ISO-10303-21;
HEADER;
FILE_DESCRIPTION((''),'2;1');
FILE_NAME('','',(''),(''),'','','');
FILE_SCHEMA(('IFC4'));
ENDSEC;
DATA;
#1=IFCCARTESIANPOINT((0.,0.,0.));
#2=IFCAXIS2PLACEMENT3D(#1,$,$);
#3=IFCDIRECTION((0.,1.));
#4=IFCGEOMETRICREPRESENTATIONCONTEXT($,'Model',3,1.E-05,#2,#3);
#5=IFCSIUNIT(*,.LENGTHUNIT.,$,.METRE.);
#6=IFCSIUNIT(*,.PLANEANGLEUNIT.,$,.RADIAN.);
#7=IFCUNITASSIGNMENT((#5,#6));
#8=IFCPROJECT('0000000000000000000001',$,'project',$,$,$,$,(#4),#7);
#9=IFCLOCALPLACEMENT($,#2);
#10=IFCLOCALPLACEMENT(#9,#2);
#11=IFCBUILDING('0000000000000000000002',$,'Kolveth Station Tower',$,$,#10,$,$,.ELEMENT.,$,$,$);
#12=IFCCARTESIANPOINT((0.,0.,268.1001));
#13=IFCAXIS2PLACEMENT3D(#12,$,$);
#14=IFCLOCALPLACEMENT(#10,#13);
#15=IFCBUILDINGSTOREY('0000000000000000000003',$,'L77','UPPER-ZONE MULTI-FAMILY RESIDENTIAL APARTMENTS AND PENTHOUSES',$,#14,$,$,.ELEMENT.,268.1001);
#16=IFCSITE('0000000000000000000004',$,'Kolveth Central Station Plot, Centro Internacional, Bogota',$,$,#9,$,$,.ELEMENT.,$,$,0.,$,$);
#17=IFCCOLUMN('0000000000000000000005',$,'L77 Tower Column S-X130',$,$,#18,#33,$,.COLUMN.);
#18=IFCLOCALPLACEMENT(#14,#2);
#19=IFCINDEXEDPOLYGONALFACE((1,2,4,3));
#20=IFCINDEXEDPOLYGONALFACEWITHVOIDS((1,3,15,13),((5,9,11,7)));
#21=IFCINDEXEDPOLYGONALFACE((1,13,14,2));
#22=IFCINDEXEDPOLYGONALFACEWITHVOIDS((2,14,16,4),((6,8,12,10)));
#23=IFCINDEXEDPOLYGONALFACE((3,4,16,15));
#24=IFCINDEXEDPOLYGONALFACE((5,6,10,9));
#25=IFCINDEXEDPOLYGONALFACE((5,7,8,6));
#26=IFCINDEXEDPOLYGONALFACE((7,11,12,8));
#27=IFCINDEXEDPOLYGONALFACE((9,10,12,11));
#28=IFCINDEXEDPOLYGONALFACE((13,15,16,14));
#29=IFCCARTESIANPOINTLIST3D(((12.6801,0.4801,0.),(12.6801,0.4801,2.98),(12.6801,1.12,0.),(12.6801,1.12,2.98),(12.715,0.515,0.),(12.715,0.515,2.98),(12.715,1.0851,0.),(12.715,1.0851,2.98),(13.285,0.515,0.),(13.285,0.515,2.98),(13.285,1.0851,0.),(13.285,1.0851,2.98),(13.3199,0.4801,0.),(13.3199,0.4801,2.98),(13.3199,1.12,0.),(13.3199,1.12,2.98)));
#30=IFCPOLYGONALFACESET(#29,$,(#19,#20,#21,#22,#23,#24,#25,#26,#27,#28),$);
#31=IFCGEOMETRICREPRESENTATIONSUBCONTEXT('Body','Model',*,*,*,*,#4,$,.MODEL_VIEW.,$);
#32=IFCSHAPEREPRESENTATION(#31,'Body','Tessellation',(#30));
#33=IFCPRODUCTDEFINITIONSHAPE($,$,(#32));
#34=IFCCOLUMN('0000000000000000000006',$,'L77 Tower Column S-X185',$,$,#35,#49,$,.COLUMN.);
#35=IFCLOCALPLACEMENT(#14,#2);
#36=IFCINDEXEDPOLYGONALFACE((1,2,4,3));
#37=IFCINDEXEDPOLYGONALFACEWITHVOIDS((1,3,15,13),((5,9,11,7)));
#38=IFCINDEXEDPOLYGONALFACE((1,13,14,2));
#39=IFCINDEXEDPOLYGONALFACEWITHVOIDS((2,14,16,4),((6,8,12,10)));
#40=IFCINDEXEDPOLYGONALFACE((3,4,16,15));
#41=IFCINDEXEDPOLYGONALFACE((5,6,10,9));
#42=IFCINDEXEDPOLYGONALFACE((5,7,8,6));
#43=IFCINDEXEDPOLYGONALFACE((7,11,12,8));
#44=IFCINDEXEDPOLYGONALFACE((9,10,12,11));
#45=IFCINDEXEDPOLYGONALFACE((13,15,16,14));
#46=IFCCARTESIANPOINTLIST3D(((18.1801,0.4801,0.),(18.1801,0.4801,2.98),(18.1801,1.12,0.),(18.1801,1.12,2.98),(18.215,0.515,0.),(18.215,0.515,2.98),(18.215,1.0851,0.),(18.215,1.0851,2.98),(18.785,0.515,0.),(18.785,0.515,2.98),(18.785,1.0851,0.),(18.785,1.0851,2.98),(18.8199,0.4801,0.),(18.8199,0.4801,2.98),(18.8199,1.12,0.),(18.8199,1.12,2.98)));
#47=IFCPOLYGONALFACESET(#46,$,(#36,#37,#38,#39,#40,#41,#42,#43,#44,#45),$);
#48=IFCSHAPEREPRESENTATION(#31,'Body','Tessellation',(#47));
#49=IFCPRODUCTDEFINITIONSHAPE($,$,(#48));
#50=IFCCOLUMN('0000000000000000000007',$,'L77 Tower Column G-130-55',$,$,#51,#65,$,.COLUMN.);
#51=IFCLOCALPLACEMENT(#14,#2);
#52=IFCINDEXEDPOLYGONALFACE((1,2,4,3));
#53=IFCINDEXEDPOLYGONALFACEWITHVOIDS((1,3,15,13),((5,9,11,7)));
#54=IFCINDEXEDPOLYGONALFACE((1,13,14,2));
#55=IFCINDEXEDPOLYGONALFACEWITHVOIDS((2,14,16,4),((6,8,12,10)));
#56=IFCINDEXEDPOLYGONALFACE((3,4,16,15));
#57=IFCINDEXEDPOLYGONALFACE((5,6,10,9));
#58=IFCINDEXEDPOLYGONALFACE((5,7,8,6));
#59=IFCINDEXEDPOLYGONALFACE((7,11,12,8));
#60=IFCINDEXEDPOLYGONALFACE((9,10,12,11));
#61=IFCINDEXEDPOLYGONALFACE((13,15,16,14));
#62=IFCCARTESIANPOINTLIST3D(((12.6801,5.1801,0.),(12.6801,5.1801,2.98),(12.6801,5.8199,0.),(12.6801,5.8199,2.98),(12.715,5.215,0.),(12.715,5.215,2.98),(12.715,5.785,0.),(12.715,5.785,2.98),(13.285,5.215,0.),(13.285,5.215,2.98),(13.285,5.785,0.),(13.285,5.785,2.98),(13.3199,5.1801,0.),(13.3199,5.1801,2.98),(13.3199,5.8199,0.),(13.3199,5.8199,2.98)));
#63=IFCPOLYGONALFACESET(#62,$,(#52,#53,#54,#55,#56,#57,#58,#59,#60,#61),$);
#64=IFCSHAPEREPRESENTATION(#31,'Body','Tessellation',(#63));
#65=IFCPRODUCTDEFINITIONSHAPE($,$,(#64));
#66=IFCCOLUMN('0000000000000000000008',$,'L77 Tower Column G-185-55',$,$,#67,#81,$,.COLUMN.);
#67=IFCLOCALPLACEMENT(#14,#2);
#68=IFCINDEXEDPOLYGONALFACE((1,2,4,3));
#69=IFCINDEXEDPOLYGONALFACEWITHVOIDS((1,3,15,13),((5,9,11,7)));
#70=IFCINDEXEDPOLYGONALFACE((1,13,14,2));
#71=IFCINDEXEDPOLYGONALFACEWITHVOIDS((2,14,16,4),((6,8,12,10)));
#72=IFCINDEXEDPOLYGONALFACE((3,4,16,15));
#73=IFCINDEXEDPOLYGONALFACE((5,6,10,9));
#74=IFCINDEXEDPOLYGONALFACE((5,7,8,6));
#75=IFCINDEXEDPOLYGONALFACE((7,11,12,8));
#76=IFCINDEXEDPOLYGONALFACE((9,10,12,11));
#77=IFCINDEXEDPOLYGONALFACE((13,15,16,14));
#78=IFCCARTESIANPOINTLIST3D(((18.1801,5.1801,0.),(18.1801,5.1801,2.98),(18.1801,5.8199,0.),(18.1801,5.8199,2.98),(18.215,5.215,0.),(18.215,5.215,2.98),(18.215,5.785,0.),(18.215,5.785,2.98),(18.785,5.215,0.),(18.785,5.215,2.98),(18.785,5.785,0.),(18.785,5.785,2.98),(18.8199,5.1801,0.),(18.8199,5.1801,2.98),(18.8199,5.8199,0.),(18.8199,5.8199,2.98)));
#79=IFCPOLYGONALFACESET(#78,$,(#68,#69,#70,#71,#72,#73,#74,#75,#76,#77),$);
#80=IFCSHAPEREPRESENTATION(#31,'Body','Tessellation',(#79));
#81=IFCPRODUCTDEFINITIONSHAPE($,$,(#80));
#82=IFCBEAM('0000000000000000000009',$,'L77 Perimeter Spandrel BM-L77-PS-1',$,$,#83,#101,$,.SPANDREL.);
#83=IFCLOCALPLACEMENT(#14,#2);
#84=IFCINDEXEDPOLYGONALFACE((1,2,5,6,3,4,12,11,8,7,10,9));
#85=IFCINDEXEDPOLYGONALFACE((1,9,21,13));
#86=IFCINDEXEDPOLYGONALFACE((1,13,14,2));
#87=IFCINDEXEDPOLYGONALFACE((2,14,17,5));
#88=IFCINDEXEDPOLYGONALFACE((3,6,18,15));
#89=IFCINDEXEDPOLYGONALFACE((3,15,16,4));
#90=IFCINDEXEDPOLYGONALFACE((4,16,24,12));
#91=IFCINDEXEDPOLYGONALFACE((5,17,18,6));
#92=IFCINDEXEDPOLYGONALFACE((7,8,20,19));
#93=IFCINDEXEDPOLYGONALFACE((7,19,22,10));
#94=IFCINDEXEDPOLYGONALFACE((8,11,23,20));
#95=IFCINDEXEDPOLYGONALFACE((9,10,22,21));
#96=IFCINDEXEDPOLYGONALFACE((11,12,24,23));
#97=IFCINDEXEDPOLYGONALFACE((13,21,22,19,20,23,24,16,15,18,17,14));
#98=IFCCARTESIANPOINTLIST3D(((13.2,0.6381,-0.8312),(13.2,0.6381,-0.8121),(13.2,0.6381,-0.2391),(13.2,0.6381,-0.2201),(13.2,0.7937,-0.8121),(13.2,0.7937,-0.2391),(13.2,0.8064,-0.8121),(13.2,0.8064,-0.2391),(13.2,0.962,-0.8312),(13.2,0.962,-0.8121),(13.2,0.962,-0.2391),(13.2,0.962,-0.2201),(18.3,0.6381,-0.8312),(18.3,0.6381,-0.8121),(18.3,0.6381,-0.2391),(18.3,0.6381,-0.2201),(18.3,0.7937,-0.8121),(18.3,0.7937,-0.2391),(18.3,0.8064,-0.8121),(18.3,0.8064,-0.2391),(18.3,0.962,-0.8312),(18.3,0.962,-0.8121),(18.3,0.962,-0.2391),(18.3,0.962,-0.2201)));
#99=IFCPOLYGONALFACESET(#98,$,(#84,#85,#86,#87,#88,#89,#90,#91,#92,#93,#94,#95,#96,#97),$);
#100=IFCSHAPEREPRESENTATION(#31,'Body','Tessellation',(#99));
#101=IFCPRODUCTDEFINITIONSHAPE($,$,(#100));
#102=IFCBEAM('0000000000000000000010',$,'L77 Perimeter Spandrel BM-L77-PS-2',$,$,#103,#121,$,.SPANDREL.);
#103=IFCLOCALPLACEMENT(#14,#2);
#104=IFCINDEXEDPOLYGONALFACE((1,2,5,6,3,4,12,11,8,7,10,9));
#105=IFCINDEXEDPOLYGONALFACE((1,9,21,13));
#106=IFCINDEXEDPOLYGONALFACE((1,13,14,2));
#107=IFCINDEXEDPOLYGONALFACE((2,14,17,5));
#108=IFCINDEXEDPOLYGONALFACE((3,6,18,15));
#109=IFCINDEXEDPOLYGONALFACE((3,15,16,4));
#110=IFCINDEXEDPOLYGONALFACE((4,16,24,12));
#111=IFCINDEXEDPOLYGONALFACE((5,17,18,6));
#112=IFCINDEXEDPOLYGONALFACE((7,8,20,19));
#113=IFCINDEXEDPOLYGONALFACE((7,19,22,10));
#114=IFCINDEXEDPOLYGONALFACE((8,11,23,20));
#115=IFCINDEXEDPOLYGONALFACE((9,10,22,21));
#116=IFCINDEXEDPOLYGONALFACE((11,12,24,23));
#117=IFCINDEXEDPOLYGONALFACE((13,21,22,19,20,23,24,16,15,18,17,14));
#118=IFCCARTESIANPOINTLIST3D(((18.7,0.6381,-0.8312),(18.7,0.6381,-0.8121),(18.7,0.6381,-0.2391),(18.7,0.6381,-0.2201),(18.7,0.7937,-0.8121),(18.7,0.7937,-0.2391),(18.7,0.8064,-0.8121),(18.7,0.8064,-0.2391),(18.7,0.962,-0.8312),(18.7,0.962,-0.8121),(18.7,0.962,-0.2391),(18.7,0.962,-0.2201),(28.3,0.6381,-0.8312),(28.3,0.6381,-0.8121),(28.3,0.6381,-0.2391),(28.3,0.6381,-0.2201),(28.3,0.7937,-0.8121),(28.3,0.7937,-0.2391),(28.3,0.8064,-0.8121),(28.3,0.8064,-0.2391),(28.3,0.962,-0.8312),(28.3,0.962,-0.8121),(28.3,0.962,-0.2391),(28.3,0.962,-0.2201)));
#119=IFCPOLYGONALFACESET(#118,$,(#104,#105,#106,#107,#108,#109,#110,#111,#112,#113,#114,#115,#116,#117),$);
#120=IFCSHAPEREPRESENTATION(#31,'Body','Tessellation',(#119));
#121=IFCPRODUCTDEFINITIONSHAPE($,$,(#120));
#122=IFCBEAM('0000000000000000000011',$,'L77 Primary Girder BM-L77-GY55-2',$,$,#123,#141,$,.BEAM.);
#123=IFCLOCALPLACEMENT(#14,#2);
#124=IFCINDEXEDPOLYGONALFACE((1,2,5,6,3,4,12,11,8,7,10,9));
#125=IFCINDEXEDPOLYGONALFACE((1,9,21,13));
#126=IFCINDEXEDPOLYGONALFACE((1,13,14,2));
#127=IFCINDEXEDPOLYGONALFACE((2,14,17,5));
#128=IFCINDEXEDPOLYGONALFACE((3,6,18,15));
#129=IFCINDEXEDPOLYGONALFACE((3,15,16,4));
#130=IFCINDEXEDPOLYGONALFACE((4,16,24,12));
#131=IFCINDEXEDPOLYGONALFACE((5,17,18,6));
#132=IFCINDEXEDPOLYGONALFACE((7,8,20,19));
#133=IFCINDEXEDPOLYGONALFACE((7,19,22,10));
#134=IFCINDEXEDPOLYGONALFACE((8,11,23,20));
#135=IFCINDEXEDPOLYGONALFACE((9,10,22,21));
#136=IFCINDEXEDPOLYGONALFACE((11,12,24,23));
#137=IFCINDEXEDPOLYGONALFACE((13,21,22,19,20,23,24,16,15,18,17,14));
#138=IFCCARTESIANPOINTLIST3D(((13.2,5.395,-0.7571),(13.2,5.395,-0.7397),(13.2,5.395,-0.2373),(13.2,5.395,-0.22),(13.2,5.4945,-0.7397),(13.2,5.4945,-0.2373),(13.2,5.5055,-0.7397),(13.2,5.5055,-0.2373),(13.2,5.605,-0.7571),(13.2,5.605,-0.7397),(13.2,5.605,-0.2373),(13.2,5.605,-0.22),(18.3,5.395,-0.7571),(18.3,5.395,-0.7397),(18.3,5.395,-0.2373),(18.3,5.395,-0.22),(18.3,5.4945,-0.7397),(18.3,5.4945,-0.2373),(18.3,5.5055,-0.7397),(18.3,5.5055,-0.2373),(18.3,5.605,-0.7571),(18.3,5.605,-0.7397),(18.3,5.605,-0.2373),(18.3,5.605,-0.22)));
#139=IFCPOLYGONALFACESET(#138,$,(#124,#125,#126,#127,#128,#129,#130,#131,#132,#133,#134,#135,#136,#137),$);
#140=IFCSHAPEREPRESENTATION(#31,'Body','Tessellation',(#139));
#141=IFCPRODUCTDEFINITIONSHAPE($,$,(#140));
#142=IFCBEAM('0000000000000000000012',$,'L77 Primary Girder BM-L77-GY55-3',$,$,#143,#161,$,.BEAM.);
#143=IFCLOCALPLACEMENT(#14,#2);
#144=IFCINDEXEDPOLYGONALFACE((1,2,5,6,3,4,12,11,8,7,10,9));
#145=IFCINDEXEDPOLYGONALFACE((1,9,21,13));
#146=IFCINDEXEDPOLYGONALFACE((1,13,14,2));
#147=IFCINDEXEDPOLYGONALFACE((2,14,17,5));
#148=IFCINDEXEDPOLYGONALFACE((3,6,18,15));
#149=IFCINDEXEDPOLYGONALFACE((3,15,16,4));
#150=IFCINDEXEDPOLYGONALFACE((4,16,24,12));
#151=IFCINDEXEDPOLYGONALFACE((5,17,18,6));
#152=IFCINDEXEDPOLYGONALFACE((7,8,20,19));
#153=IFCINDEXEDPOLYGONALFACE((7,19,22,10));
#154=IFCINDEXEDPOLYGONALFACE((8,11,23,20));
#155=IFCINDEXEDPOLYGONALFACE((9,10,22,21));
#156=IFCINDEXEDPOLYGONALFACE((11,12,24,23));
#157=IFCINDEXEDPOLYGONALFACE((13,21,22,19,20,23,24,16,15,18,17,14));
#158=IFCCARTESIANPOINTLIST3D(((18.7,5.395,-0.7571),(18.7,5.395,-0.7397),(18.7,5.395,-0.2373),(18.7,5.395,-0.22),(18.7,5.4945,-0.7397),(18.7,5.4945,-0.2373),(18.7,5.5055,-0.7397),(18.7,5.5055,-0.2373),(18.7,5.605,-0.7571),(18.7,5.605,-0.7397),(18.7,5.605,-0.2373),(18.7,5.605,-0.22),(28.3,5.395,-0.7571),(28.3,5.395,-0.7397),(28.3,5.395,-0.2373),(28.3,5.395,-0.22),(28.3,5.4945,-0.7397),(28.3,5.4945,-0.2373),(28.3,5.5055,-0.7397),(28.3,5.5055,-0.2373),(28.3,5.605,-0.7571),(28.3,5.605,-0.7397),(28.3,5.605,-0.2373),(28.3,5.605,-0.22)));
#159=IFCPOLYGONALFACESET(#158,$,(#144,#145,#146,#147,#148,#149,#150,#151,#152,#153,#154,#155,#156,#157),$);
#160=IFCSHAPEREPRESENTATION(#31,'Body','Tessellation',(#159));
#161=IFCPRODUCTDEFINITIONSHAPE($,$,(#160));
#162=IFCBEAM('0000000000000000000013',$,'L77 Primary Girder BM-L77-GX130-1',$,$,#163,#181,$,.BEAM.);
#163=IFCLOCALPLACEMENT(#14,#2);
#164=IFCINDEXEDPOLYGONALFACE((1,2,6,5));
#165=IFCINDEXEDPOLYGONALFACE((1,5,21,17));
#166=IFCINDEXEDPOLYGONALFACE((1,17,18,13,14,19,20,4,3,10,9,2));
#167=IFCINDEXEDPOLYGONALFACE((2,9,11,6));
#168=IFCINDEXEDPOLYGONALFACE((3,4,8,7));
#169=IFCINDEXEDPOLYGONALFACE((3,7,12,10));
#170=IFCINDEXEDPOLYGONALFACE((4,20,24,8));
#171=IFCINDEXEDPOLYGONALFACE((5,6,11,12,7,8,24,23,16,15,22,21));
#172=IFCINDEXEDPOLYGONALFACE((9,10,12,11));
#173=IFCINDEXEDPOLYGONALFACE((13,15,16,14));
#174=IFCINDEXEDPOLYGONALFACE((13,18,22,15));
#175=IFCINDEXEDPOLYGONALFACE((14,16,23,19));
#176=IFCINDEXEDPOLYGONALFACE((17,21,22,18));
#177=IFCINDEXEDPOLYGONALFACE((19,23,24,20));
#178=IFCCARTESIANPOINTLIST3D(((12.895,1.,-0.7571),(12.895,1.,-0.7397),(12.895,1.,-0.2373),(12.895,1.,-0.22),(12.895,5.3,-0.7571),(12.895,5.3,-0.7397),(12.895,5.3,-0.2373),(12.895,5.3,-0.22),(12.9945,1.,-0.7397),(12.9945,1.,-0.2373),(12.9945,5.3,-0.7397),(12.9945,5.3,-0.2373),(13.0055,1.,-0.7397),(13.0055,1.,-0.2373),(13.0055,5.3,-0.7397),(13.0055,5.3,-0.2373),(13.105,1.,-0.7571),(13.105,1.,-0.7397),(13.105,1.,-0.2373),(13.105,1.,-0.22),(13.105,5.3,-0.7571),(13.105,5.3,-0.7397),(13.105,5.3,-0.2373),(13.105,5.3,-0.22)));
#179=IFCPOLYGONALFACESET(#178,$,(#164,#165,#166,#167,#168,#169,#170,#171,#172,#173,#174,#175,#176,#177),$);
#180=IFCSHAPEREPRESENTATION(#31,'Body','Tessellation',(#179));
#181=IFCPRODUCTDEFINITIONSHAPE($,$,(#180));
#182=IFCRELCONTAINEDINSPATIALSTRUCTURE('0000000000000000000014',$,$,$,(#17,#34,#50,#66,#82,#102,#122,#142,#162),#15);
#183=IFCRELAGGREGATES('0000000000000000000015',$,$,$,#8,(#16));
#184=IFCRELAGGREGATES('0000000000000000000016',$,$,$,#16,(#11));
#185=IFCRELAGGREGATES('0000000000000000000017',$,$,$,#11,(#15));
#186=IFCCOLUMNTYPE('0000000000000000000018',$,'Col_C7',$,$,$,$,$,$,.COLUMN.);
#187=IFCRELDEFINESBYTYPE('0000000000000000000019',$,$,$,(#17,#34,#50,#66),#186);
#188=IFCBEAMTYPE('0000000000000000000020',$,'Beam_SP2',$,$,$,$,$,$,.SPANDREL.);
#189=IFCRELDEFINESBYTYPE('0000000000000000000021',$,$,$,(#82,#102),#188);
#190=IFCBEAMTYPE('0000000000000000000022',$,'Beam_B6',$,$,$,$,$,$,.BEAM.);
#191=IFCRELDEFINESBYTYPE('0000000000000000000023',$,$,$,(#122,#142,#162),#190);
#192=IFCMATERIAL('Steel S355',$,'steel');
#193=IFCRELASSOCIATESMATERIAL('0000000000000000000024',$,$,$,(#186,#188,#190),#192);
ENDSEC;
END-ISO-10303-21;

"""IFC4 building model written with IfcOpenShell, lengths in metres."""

from ifc_helpers import new_model, si_unit, direction, frame, origin, origin_2d, place, context, subcontext, project, spatial, hollow_rectangle, i_section, extrude, source, transform, mapped, material, material_profile, profile_set, type_object, element, save


model = new_model("IFC4")

# Units and contexts
model_context = context("Model", 3, precision=1e-05, world=origin(), true_north=direction((0.0, 1.0)))
body_context = subcontext(model_context, "Body", "Model", "MODEL_VIEW")
ifc_project = project(units=[si_unit("LENGTHUNIT", "METRE"), si_unit("PLANEANGLEUNIT", "RADIAN")], contexts=[model_context])

# Site, building, storey
site_placement = place(None, origin())
site = spatial("IfcSite", under=ifc_project, at=site_placement, Name="Kolveth Central Station Plot, Centro Internacional, Bogota", CompositionType="ELEMENT", RefElevation=0.0)
building_placement = place(site_placement, origin())
building = spatial("IfcBuilding", under=site, at=building_placement, Name="Kolveth Station Tower", CompositionType="ELEMENT")
storey_placement = place(building_placement, frame((0.0, 0.0, 268.1001)))
storey = spatial("IfcBuildingStorey", under=building, at=storey_placement, Name="L77", Description="UPPER-ZONE MULTI-FAMILY RESIDENTIAL APARTMENTS AND PENTHOUSES", CompositionType="ELEMENT", Elevation=268.1001)

# Columns
ifc_material_1 = material(Name="Steel S355", Category="steel")
ifc_material_profile_1 = material_profile(ifc_material_1, hollow_rectangle(XDim=0.6399, YDim=0.6399, WallThickness=0.0349, at=origin_2d()), Name="BOX640x640x35")
ifc_profile_set_1 = profile_set([ifc_material_profile_1], Name="Steel S355")
column_type = type_object("IfcColumnType", Name="Col_C7", PredefinedType="COLUMN", material=ifc_profile_set_1)
shared_shape_1 = source(origin(), body_context, "Body", "SweptSolid", [
    extrude(hollow_rectangle(XDim=0.6399, YDim=0.6399, WallThickness=0.0349, at=origin_2d()), origin(), (0.0, 0.0, 1.0), 2.98),
])
for number, where, z_axis, x_axis, name in (
    (1, (13.0, 0.8, 0.0), (0.0, 0.0, 1.0), (1.0, 0.0, 0.0), "L77 Tower Column S-X130"),
    (2, (18.5, 0.8, 0.0), (0.0, 0.0, 1.0), (1.0, 0.0, 0.0), "L77 Tower Column S-X185"),
    (3, (13.0, 5.5, 0.0), (0.0, 0.0, 1.0), (1.0, 0.0, 0.0), "L77 Tower Column G-130-55"),
    (4, (18.5, 5.5, 0.0), (0.0, 0.0, 1.0), (1.0, 0.0, 0.0), "L77 Tower Column G-185-55"),
):
    element("IfcColumn", number, at=place(storey_placement, frame(where, z_axis=z_axis, x_axis=x_axis)), inside=storey, type_object=column_type, Name=name, PredefinedType="COLUMN", context=body_context, shape_type="MappedRepresentation", body=[
        mapped(shared_shape_1, transform((0.0, 0.0, 0.0), x_axis=(1.0, 0.0, 0.0), y_axis=(0.0, 1.0, 0.0), z_axis=(0.0, 0.0, 1.0), scale=1.0)),
    ])

# Beams
ifc_material_profile_2 = material_profile(ifc_material_1, i_section(OverallWidth=0.324, OverallDepth=0.6111, WebThickness=0.0127, FlangeThickness=0.019, at=origin_2d()), Name="W610x155")
ifc_profile_set_2 = profile_set([ifc_material_profile_2], Name="Steel S355")
beam_type_1 = type_object("IfcBeamType", Name="Beam_SP2", PredefinedType="SPANDREL", material=ifc_profile_set_2)
shared_shape_2 = source(origin(), body_context, "Body", "SweptSolid", [
    extrude(i_section(OverallWidth=0.324, OverallDepth=0.6111, WebThickness=0.0127, FlangeThickness=0.019, at=origin_2d()), origin(), (0.0, 0.0, 1.0), 5.1001),
])
beam_1_placement = place(storey_placement, frame((13.2, 0.8, -0.5256), z_axis=(1.0, 0.0, 0.0), x_axis=(0.0, 1.0, 0.0)))
element("IfcBeam", 5, at=beam_1_placement, inside=storey, type_object=beam_type_1, Name="L77 Perimeter Spandrel BM-L77-PS-1", PredefinedType="SPANDREL", context=body_context, shape_type="MappedRepresentation", body=[
    mapped(shared_shape_2, transform((0.0, 0.0, 0.0), x_axis=(1.0, 0.0, 0.0), y_axis=(0.0, 1.0, 0.0), z_axis=(0.0, 0.0, 1.0), scale=1.0)),
])
shared_shape_3 = source(origin(), body_context, "Body", "SweptSolid", [
    extrude(i_section(OverallWidth=0.324, OverallDepth=0.6111, WebThickness=0.0127, FlangeThickness=0.019, at=origin_2d()), origin(), (0.0, 0.0, 1.0), 9.6001),
])
beam_2_placement = place(storey_placement, frame((18.7, 0.8, -0.5256), z_axis=(1.0, 0.0, 0.0), x_axis=(0.0, 1.0, 0.0)))
element("IfcBeam", 6, at=beam_2_placement, inside=storey, type_object=beam_type_1, Name="L77 Perimeter Spandrel BM-L77-PS-2", PredefinedType="SPANDREL", context=body_context, shape_type="MappedRepresentation", body=[
    mapped(shared_shape_3, transform((0.0, 0.0, 0.0), x_axis=(1.0, 0.0, 0.0), y_axis=(0.0, 1.0, 0.0), z_axis=(0.0, 0.0, 1.0), scale=1.0)),
])
ifc_material_profile_3 = material_profile(ifc_material_1, i_section(OverallWidth=0.21, OverallDepth=0.5371, WebThickness=0.011, FlangeThickness=0.0173, at=origin_2d()), Name="W530x101")
ifc_profile_set_3 = profile_set([ifc_material_profile_3], Name="Steel S355")
beam_type_2 = type_object("IfcBeamType", Name="Beam_B6", PredefinedType="BEAM", material=ifc_profile_set_3)
shared_shape_4 = source(origin(), body_context, "Body", "SweptSolid", [
    extrude(i_section(OverallWidth=0.21, OverallDepth=0.5371, WebThickness=0.011, FlangeThickness=0.0173, at=origin_2d()), origin(), (0.0, 0.0, 1.0), 5.1001),
])
beam_3_placement = place(storey_placement, frame((13.2, 5.5, -0.4885), z_axis=(1.0, 0.0, 0.0), x_axis=(0.0, 1.0, 0.0)))
element("IfcBeam", 7, at=beam_3_placement, inside=storey, type_object=beam_type_2, Name="L77 Primary Girder BM-L77-GY55-2", PredefinedType="BEAM", context=body_context, shape_type="MappedRepresentation", body=[
    mapped(shared_shape_4, transform((0.0, 0.0, 0.0), x_axis=(1.0, 0.0, 0.0), y_axis=(0.0, 1.0, 0.0), z_axis=(0.0, 0.0, 1.0), scale=1.0)),
])
shared_shape_5 = source(origin(), body_context, "Body", "SweptSolid", [
    extrude(i_section(OverallWidth=0.21, OverallDepth=0.5371, WebThickness=0.011, FlangeThickness=0.0173, at=origin_2d()), origin(), (0.0, 0.0, 1.0), 9.6001),
])
beam_4_placement = place(storey_placement, frame((18.7, 5.5, -0.4885), z_axis=(1.0, 0.0, 0.0), x_axis=(0.0, 1.0, 0.0)))
element("IfcBeam", 8, at=beam_4_placement, inside=storey, type_object=beam_type_2, Name="L77 Primary Girder BM-L77-GY55-3", PredefinedType="BEAM", context=body_context, shape_type="MappedRepresentation", body=[
    mapped(shared_shape_5, transform((0.0, 0.0, 0.0), x_axis=(1.0, 0.0, 0.0), y_axis=(0.0, 1.0, 0.0), z_axis=(0.0, 0.0, 1.0), scale=1.0)),
])
shared_shape_6 = source(origin(), body_context, "Body", "SweptSolid", [
    extrude(i_section(OverallWidth=0.21, OverallDepth=0.5371, WebThickness=0.011, FlangeThickness=0.0173, at=origin_2d()), origin(), (0.0, 0.0, 1.0), 4.3),
])
for number, where, z_axis, x_axis, name in (
    (9, (13.0, 1.0, -0.4885), (0.0, 1.0, 0.0), (-1.0, 0.0, 0.0), "L77 Primary Girder BM-L77-GX130-1"),
):
    element("IfcBeam", number, at=place(storey_placement, frame(where, z_axis=z_axis, x_axis=x_axis)), inside=storey, type_object=beam_type_2, Name=name, PredefinedType="BEAM", context=body_context, shape_type="MappedRepresentation", body=[
        mapped(shared_shape_6, transform((0.0, 0.0, 0.0), x_axis=(1.0, 0.0, 0.0), y_axis=(0.0, 1.0, 0.0), z_axis=(0.0, 0.0, 1.0), scale=1.0)),
    ])

save(model, "model.ifc")
